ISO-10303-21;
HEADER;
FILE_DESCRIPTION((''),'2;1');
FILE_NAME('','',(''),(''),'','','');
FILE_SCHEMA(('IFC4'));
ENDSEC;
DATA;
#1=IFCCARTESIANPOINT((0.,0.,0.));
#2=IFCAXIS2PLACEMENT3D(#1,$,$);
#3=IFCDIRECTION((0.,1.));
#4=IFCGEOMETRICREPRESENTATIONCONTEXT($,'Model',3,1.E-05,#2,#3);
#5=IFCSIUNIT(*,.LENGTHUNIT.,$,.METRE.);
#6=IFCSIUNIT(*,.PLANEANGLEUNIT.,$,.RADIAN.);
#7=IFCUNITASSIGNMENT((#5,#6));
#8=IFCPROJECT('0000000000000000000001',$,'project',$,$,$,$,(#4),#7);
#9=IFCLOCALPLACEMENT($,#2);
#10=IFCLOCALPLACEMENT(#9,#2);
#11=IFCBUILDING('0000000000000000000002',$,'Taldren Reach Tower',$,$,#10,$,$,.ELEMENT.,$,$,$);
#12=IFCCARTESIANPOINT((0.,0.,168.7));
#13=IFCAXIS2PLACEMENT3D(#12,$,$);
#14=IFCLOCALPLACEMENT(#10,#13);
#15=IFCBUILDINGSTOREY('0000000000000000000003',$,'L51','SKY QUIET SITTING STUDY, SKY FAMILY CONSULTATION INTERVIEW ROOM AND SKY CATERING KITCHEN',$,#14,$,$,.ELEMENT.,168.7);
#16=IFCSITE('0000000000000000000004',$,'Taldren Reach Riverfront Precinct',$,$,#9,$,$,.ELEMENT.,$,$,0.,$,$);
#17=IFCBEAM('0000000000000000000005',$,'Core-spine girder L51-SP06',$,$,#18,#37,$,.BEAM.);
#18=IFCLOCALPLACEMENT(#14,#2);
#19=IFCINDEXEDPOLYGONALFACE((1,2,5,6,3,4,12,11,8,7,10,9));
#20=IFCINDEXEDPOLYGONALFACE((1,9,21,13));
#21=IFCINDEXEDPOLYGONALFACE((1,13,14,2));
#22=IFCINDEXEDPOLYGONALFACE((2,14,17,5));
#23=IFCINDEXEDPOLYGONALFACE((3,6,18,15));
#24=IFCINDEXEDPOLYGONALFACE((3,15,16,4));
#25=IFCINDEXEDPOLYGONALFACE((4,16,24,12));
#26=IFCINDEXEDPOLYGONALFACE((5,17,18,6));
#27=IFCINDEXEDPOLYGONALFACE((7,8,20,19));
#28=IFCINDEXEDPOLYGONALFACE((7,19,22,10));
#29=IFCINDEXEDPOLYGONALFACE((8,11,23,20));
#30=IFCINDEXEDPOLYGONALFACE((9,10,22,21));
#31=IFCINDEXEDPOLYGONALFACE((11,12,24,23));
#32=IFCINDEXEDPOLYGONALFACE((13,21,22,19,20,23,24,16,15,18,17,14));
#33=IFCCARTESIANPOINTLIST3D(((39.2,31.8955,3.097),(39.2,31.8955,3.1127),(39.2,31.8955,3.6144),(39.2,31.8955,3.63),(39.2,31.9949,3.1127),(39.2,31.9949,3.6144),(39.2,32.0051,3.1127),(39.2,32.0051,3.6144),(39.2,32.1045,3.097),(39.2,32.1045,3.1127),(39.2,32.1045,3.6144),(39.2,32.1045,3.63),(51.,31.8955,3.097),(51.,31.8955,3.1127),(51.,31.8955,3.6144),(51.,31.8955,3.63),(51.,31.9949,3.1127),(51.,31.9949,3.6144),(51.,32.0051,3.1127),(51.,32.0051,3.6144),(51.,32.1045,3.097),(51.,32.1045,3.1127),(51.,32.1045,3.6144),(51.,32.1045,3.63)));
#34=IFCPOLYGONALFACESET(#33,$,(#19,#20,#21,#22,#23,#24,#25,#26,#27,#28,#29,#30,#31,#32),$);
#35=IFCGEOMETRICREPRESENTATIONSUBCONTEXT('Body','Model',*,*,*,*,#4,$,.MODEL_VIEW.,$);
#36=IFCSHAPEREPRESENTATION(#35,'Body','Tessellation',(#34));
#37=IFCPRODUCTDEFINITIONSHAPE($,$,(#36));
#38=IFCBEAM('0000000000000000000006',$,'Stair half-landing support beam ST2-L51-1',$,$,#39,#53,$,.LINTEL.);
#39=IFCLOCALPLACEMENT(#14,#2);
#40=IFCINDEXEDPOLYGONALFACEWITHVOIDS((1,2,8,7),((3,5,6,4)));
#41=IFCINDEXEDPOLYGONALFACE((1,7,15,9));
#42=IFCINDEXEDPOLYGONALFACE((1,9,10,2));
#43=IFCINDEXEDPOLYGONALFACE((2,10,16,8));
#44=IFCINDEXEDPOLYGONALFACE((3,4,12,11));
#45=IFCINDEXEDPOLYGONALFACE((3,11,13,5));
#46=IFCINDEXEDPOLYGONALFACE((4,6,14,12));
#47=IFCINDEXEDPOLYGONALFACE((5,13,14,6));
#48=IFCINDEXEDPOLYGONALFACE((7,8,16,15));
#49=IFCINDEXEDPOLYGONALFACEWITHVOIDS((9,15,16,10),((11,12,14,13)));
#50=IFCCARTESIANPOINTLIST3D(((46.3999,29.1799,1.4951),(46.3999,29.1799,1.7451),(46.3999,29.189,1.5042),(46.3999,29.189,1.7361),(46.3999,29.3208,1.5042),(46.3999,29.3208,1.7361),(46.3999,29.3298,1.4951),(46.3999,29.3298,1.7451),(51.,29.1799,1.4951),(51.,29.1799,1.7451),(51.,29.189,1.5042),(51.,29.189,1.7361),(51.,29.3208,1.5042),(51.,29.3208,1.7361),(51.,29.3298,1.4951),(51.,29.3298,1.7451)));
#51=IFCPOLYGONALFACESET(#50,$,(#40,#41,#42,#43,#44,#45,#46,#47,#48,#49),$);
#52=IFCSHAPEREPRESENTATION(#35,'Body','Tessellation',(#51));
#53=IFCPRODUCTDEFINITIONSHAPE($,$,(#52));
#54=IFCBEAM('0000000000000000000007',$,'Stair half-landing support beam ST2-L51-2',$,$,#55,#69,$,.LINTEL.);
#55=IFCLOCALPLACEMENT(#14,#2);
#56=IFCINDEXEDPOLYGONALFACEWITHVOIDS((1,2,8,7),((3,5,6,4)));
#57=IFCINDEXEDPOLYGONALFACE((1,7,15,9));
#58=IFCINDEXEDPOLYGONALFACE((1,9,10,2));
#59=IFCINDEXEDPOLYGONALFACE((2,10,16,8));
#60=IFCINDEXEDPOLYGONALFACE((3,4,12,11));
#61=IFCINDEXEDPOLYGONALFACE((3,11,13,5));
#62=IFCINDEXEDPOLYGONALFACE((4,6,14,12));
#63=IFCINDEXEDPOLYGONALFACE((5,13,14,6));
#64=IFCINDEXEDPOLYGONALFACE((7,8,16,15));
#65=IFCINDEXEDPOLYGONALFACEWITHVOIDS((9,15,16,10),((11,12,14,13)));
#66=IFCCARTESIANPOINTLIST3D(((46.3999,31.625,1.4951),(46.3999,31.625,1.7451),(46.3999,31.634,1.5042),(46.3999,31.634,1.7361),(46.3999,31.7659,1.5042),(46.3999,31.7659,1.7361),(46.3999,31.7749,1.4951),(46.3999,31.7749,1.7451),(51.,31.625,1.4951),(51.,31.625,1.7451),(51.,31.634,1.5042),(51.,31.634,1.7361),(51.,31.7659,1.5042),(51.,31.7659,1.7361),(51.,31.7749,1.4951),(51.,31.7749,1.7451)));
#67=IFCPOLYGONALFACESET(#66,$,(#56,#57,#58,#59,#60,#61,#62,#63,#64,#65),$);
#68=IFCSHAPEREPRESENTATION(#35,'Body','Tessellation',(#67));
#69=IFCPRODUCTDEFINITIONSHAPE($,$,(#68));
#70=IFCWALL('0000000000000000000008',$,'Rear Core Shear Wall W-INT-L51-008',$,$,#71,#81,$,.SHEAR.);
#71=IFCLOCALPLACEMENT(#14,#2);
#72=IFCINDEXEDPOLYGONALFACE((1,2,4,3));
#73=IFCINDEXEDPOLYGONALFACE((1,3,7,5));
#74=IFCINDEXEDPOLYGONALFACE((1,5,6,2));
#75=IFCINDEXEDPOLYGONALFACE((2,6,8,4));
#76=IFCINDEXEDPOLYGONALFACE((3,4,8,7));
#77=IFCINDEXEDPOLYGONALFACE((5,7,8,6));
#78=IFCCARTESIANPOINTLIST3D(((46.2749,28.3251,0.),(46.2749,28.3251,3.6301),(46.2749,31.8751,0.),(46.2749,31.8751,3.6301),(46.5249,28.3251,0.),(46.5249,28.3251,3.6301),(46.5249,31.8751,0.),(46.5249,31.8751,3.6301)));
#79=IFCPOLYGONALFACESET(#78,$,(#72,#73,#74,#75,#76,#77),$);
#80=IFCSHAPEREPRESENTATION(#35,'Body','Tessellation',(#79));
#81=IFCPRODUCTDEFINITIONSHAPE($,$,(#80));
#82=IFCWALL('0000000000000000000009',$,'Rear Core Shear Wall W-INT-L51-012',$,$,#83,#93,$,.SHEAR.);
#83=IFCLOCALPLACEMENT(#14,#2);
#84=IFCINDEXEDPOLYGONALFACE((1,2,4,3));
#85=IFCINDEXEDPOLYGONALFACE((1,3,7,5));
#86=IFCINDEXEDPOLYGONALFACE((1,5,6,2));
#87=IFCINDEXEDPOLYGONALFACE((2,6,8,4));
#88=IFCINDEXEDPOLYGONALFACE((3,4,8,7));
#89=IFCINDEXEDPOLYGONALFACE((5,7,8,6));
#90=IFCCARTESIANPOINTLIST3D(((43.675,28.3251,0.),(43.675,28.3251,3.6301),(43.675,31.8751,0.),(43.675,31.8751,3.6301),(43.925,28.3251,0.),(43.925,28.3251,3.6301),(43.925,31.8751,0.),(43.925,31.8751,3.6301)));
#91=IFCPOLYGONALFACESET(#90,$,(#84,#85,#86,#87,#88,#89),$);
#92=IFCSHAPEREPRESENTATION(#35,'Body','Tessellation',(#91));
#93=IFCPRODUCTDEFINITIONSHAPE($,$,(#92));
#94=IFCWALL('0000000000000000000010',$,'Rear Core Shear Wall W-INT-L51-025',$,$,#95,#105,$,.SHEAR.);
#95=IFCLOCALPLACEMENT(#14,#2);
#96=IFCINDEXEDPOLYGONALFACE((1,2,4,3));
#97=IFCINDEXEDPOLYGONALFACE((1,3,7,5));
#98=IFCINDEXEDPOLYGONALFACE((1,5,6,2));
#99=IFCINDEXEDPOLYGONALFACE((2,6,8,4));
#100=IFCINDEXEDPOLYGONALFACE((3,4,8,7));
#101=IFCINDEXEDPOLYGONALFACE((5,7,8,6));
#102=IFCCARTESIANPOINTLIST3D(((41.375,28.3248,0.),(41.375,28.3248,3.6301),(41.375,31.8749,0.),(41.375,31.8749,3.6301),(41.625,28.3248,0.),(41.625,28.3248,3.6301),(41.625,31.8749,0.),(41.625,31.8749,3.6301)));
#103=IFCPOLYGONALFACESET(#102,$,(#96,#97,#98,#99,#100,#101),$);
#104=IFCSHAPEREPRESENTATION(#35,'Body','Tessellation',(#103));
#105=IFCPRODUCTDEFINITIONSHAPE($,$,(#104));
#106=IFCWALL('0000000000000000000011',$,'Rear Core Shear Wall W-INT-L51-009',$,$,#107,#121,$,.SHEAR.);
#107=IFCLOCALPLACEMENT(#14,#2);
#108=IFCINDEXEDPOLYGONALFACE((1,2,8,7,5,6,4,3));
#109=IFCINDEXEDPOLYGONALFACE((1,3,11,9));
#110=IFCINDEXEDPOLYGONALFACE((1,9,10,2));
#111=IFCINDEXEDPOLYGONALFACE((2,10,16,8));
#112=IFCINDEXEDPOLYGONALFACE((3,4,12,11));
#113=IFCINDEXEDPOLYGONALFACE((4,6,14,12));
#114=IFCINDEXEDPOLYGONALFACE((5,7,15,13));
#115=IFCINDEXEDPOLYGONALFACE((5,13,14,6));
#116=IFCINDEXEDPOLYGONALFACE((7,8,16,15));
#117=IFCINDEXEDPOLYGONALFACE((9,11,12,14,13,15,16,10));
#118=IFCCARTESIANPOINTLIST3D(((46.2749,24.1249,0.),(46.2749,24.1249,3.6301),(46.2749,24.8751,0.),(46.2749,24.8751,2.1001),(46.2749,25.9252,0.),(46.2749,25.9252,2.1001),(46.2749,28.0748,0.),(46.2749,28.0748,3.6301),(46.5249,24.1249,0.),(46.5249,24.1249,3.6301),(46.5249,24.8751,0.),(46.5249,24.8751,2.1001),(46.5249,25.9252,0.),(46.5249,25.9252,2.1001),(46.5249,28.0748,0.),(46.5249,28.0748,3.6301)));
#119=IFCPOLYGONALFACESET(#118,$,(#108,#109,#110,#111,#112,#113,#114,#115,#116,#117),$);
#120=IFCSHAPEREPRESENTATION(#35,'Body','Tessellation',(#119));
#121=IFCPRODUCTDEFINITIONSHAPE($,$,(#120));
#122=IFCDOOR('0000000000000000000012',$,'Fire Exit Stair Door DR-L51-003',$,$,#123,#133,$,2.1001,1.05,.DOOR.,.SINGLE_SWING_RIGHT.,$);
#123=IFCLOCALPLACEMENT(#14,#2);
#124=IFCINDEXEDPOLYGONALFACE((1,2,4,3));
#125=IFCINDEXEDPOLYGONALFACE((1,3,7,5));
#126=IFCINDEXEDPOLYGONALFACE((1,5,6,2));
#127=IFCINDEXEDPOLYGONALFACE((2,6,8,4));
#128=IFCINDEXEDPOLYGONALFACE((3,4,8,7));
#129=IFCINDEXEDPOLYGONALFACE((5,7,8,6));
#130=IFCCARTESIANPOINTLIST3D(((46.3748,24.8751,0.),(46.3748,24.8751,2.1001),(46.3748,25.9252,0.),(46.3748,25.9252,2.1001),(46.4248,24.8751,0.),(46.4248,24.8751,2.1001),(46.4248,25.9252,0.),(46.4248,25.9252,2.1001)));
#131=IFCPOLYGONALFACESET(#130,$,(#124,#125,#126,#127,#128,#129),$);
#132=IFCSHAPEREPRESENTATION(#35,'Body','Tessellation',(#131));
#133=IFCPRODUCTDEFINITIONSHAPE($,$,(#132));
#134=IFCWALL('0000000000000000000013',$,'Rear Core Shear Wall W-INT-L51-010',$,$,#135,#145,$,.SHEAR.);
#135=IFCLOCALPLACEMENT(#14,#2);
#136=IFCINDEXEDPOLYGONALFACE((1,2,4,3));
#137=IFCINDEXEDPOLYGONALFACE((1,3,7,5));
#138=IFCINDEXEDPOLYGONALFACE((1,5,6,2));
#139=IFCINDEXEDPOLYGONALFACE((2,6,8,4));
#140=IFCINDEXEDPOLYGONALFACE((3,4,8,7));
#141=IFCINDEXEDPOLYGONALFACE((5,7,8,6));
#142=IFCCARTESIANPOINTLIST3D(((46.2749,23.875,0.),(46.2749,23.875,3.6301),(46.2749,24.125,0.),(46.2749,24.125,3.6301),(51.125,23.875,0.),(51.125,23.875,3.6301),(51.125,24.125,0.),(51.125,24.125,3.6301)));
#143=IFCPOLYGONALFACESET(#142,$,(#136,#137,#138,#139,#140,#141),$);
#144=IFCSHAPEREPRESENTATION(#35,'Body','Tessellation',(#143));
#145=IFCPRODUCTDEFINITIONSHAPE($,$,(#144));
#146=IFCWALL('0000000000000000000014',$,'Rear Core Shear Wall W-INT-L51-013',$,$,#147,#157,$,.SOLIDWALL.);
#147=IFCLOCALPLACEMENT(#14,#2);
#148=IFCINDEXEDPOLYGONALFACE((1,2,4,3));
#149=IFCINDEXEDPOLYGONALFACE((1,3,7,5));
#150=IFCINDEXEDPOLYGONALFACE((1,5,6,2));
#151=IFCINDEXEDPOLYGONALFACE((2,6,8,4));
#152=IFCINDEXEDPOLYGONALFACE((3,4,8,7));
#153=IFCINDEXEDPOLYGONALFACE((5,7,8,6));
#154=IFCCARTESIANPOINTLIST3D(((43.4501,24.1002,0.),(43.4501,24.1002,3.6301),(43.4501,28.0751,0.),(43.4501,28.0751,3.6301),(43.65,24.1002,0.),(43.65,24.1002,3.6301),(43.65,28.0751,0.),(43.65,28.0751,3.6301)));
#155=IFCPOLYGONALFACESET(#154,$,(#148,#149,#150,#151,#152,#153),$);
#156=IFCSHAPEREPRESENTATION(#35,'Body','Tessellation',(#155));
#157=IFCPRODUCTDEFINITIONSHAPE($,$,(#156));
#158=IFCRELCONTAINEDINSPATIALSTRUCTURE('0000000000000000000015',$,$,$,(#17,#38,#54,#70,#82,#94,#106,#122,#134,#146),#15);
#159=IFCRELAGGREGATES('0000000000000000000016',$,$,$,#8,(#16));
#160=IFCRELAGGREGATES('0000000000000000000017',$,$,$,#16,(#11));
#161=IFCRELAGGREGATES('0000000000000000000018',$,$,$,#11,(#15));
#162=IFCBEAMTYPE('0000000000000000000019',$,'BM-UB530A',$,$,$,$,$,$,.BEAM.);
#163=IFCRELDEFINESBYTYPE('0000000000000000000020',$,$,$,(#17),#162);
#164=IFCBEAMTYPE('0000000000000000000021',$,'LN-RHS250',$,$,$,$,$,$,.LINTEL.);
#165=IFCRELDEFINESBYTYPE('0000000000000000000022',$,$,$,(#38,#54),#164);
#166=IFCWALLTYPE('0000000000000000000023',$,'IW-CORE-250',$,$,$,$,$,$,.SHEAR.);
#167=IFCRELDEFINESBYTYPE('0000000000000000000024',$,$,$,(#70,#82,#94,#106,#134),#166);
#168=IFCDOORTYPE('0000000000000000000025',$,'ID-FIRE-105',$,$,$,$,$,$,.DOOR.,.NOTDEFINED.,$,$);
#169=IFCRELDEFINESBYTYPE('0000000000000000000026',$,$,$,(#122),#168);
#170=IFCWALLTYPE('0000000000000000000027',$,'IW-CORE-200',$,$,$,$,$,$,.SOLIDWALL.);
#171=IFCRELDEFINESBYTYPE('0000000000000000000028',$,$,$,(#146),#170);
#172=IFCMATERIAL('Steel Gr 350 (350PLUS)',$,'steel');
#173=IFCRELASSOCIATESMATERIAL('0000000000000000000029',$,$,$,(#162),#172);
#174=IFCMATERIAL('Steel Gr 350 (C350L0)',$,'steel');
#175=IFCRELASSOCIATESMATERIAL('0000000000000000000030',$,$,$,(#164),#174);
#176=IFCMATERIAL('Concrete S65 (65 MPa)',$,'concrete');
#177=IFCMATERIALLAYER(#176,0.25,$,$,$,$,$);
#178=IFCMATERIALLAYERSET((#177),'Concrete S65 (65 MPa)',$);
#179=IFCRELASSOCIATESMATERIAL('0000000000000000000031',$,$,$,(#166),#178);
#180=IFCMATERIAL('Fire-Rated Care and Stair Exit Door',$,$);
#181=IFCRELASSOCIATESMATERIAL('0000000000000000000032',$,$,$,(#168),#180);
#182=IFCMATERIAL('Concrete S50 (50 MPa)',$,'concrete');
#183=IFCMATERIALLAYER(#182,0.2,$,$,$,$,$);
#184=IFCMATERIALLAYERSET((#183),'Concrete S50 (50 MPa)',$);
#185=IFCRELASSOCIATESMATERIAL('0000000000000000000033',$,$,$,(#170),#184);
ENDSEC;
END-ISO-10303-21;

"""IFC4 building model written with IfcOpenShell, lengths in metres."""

from ifc_helpers import new_model, si_unit, direction, frame, frame_2d, origin, origin_2d, place, context, subcontext, project, spatial, rectangle, hollow_rectangle, i_section, extrude, source, transform, mapped, material, layer, layer_set, material_profile, profile_set, type_object, element, fill, save


model = new_model("IFC4")

# Units and contexts
model_context = context("Model", 3, precision=1e-05, world=origin(), true_north=direction((0.0, 1.0)))
body_context = subcontext(model_context, "Body", "Model", "MODEL_VIEW")
ifc_project = project(units=[si_unit("LENGTHUNIT", "METRE"), si_unit("PLANEANGLEUNIT", "RADIAN")], contexts=[model_context])

# Site, building, storey
site_placement = place(None, origin())
site = spatial("IfcSite", under=ifc_project, at=site_placement, Name="Taldren Reach Riverfront Precinct", CompositionType="ELEMENT", RefElevation=0.0)
building_placement = place(site_placement, origin())
building = spatial("IfcBuilding", under=site, at=building_placement, Name="Taldren Reach Tower", CompositionType="ELEMENT")
storey_placement = place(building_placement, frame((0.0, 0.0, 168.7)))
storey = spatial("IfcBuildingStorey", under=building, at=storey_placement, Name="L51", Description="SKY QUIET SITTING STUDY, SKY FAMILY CONSULTATION INTERVIEW ROOM AND SKY CATERING KITCHEN", CompositionType="ELEMENT", Elevation=168.7)

# Beams
ifc_material_1 = material(Name="Steel Gr 350 (350PLUS)", Category="steel")
ifc_material_profile_1 = material_profile(ifc_material_1, i_section(OverallWidth=0.209, OverallDepth=0.533, WebThickness=0.0103, FlangeThickness=0.0156, at=origin_2d()), Name="530UB92.4")
ifc_profile_set_1 = profile_set([ifc_material_profile_1], Name="Steel Gr 350 (350PLUS)")
beam_type_1 = type_object("IfcBeamType", Name="BM-UB530A", PredefinedType="BEAM", material=ifc_profile_set_1)
shared_shape_1 = source(origin(), body_context, "Body", "SweptSolid", [
    extrude(i_section(OverallWidth=0.209, OverallDepth=0.533, WebThickness=0.0103, FlangeThickness=0.0156, at=origin_2d()), origin(), (0.0, 0.0, 1.0), 11.8),
])
beam_placement = place(storey_placement, frame((39.2, 32.0, 3.3635), z_axis=(1.0, 0.0, 0.0), x_axis=(0.0, 1.0, 0.0)))
element("IfcBeam", 1, at=beam_placement, inside=storey, type_object=beam_type_1, Name="Core-spine girder L51-SP06", PredefinedType="BEAM", context=body_context, shape_type="MappedRepresentation", body=[
    mapped(shared_shape_1, transform((0.0, 0.0, 0.0), scale=1.0)),
])
ifc_material_2 = material(Name="Steel Gr 350 (C350L0)", Category="steel")
ifc_material_profile_2 = material_profile(ifc_material_2, hollow_rectangle(XDim=0.1499, YDim=0.25, WallThickness=0.009, at=origin_2d()), Name="250x150x9.0RHS")
ifc_profile_set_2 = profile_set([ifc_material_profile_2], Name="Steel Gr 350 (C350L0)")
beam_type_2 = type_object("IfcBeamType", Name="LN-RHS250", PredefinedType="LINTEL", material=ifc_profile_set_2)
shared_shape_2 = source(origin(), body_context, "Body", "SweptSolid", [
    extrude(hollow_rectangle(XDim=0.1499, YDim=0.25, WallThickness=0.009, at=origin_2d()), origin(), (0.0, 0.0, 1.0), 4.6001),
])
for number, where, z_axis, x_axis, name in (
    (2, (46.3999, 29.2549, 1.6201), (1.0, 0.0, 0.0), (0.0, 1.0, 0.0), "Stair half-landing support beam ST2-L51-1"),
    (3, (46.3999, 31.7, 1.6201), (1.0, 0.0, 0.0), (0.0, 1.0, 0.0), "Stair half-landing support beam ST2-L51-2"),
):
    element("IfcBeam", number, at=place(storey_placement, frame(where, z_axis=z_axis, x_axis=x_axis)), inside=storey, type_object=beam_type_2, Name=name, PredefinedType="LINTEL", context=body_context, shape_type="MappedRepresentation", body=[
        mapped(shared_shape_2, transform((0.0, 0.0, 0.0), scale=1.0)),
    ])

# Walls
ifc_material_3 = material(Name="Concrete S65 (65 MPa)", Category="concrete")
ifc_layer_1 = layer(ifc_material_3, 0.25)
ifc_layer_set_1 = layer_set([ifc_layer_1], Name="Concrete S65 (65 MPa)")
wall_type_1 = type_object("IfcWallType", Name="IW-CORE-250", PredefinedType="SHEAR", material=ifc_layer_set_1)
shared_shape_3 = source(origin(), body_context, "Body", "SweptSolid", [
    extrude(rectangle(XDim=3.55, YDim=0.25, at=frame_2d((1.7749, 0.0))), origin(), (0.0, 0.0, 1.0), 3.6301),
])
for number, where, z_axis, x_axis, name in (
    (4, (46.3999, 31.875, 0.0), (0.0, 0.0, 1.0), (0.0, -1.0, 0.0), "Rear Core Shear Wall W-INT-L51-008"),
    (5, (43.8, 31.875, 0.0), (0.0, 0.0, 1.0), (0.0, -1.0, 0.0), "Rear Core Shear Wall W-INT-L51-012"),
    (6, (41.5, 28.325, 0.0), (0.0, 0.0, 1.0), (0.0, 1.0, 0.0), "Rear Core Shear Wall W-INT-L51-025"),
):
    element("IfcWall", number, at=place(storey_placement, frame(where, z_axis=z_axis, x_axis=x_axis)), inside=storey, type_object=wall_type_1, Name=name, PredefinedType="SHEAR", context=body_context, shape_type="MappedRepresentation", body=[
        mapped(shared_shape_3, transform((0.0, 0.0, 0.0), scale=1.0)),
    ])

# Wall, opening, door
shared_shape_4 = source(origin(), body_context, "Body", "SweptSolid", [
    extrude(rectangle(XDim=3.95, YDim=0.25, at=frame_2d((1.9751, 0.0))), origin(), (0.0, 0.0, 1.0), 3.6301),
])
wall_1_placement = place(storey_placement, frame((46.3999, 28.075, 0.0), z_axis=(0.0, 0.0, 1.0), x_axis=(0.0, -1.0, 0.0)))
wall_1 = element("IfcWall", 7, at=wall_1_placement, inside=storey, type_object=wall_type_1, Name="Rear Core Shear Wall W-INT-L51-009", PredefinedType="SHEAR", context=body_context, shape_type="MappedRepresentation", body=[
    mapped(shared_shape_4, transform((0.0, 0.0, 0.0), scale=1.0)),
])
shared_shape_5 = source(origin(), body_context, "Body", "SweptSolid", [
    extrude(rectangle(XDim=1.05, YDim=2.1001, at=frame_2d((0.5249, 1.05))), frame((0.0, 0.135, 0.0), z_axis=(0.0, -1.0, 0.0), x_axis=(1.0, 0.0, 0.0)), (0.0, 0.0, 1.0), 0.27),
])
opening_1_placement = place(wall_1_placement, frame((2.1499, 0.0, 0.0)))
opening_1 = element("IfcOpeningElement", 8, at=opening_1_placement, cuts=wall_1, PredefinedType="OPENING", context=body_context, shape_type="MappedRepresentation", body=[
    mapped(shared_shape_5, transform((0.0, 0.0, 0.0), scale=1.0)),
])
ifc_material_4 = material(Name="Fire-Rated Care and Stair Exit Door")
door_type_1 = type_object("IfcDoorType", Name="ID-FIRE-105", OperationType="NOTDEFINED", PredefinedType="DOOR", material=ifc_material_4)
shared_shape_6 = source(origin(), body_context, "Body", "SweptSolid", [
    extrude(rectangle(XDim=1.05, YDim=2.1001, at=frame_2d((0.5249, 1.05))), frame((0.0, 0.0249, 0.0), z_axis=(0.0, -1.0, 0.0), x_axis=(1.0, 0.0, 0.0)), (0.0, 0.0, 1.0), 0.05),
])
door_1_placement = place(opening_1_placement, origin())
door_1 = element("IfcDoor", 9, at=door_1_placement, inside=storey, type_object=door_type_1, Name="Fire Exit Stair Door DR-L51-003", OperationType="SINGLE_SWING_RIGHT", OverallHeight=2.1001, OverallWidth=1.05, PredefinedType="DOOR", context=body_context, shape_type="MappedRepresentation", body=[
    mapped(shared_shape_6, transform((0.0, 0.0, 0.0), scale=1.0)),
])
fill(opening_1, door_1)

# Wall
shared_shape_7 = source(origin(), body_context, "Body", "SweptSolid", [
    extrude(rectangle(XDim=4.8501, YDim=0.25, at=frame_2d((2.425, 0.0))), origin(), (0.0, 0.0, 1.0), 3.6301),
])
wall_2_placement = place(storey_placement, frame((46.2749, 24.0, 0.0), z_axis=(0.0, 0.0, 1.0), x_axis=(1.0, 0.0, 0.0)))
element("IfcWall", 10, at=wall_2_placement, inside=storey, type_object=wall_type_1, Name="Rear Core Shear Wall W-INT-L51-010", PredefinedType="SHEAR", context=body_context, shape_type="MappedRepresentation", body=[
    mapped(shared_shape_7, transform((0.0, 0.0, 0.0), scale=1.0)),
])

# Wall
ifc_material_5 = material(Name="Concrete S50 (50 MPa)", Category="concrete")
ifc_layer_2 = layer(ifc_material_5, 0.2)
ifc_layer_set_2 = layer_set([ifc_layer_2], Name="Concrete S50 (50 MPa)")
wall_type_2 = type_object("IfcWallType", Name="IW-CORE-200", PredefinedType="SOLIDWALL", material=ifc_layer_set_2)
shared_shape_8 = source(origin(), body_context, "Body", "SweptSolid", [
    extrude(rectangle(XDim=3.9749, YDim=0.2, at=frame_2d((1.9873, 0.0))), origin(), (0.0, 0.0, 1.0), 3.6301),
])
wall_3_placement = place(storey_placement, frame((43.55, 28.075, 0.0), z_axis=(0.0, 0.0, 1.0), x_axis=(0.0, -1.0, 0.0)))
element("IfcWall", 11, at=wall_3_placement, inside=storey, type_object=wall_type_2, Name="Rear Core Shear Wall W-INT-L51-013", PredefinedType="SOLIDWALL", context=body_context, shape_type="MappedRepresentation", body=[
    mapped(shared_shape_8, transform((0.0, 0.0, 0.0), scale=1.0)),
])

save(model, "model.ifc")
